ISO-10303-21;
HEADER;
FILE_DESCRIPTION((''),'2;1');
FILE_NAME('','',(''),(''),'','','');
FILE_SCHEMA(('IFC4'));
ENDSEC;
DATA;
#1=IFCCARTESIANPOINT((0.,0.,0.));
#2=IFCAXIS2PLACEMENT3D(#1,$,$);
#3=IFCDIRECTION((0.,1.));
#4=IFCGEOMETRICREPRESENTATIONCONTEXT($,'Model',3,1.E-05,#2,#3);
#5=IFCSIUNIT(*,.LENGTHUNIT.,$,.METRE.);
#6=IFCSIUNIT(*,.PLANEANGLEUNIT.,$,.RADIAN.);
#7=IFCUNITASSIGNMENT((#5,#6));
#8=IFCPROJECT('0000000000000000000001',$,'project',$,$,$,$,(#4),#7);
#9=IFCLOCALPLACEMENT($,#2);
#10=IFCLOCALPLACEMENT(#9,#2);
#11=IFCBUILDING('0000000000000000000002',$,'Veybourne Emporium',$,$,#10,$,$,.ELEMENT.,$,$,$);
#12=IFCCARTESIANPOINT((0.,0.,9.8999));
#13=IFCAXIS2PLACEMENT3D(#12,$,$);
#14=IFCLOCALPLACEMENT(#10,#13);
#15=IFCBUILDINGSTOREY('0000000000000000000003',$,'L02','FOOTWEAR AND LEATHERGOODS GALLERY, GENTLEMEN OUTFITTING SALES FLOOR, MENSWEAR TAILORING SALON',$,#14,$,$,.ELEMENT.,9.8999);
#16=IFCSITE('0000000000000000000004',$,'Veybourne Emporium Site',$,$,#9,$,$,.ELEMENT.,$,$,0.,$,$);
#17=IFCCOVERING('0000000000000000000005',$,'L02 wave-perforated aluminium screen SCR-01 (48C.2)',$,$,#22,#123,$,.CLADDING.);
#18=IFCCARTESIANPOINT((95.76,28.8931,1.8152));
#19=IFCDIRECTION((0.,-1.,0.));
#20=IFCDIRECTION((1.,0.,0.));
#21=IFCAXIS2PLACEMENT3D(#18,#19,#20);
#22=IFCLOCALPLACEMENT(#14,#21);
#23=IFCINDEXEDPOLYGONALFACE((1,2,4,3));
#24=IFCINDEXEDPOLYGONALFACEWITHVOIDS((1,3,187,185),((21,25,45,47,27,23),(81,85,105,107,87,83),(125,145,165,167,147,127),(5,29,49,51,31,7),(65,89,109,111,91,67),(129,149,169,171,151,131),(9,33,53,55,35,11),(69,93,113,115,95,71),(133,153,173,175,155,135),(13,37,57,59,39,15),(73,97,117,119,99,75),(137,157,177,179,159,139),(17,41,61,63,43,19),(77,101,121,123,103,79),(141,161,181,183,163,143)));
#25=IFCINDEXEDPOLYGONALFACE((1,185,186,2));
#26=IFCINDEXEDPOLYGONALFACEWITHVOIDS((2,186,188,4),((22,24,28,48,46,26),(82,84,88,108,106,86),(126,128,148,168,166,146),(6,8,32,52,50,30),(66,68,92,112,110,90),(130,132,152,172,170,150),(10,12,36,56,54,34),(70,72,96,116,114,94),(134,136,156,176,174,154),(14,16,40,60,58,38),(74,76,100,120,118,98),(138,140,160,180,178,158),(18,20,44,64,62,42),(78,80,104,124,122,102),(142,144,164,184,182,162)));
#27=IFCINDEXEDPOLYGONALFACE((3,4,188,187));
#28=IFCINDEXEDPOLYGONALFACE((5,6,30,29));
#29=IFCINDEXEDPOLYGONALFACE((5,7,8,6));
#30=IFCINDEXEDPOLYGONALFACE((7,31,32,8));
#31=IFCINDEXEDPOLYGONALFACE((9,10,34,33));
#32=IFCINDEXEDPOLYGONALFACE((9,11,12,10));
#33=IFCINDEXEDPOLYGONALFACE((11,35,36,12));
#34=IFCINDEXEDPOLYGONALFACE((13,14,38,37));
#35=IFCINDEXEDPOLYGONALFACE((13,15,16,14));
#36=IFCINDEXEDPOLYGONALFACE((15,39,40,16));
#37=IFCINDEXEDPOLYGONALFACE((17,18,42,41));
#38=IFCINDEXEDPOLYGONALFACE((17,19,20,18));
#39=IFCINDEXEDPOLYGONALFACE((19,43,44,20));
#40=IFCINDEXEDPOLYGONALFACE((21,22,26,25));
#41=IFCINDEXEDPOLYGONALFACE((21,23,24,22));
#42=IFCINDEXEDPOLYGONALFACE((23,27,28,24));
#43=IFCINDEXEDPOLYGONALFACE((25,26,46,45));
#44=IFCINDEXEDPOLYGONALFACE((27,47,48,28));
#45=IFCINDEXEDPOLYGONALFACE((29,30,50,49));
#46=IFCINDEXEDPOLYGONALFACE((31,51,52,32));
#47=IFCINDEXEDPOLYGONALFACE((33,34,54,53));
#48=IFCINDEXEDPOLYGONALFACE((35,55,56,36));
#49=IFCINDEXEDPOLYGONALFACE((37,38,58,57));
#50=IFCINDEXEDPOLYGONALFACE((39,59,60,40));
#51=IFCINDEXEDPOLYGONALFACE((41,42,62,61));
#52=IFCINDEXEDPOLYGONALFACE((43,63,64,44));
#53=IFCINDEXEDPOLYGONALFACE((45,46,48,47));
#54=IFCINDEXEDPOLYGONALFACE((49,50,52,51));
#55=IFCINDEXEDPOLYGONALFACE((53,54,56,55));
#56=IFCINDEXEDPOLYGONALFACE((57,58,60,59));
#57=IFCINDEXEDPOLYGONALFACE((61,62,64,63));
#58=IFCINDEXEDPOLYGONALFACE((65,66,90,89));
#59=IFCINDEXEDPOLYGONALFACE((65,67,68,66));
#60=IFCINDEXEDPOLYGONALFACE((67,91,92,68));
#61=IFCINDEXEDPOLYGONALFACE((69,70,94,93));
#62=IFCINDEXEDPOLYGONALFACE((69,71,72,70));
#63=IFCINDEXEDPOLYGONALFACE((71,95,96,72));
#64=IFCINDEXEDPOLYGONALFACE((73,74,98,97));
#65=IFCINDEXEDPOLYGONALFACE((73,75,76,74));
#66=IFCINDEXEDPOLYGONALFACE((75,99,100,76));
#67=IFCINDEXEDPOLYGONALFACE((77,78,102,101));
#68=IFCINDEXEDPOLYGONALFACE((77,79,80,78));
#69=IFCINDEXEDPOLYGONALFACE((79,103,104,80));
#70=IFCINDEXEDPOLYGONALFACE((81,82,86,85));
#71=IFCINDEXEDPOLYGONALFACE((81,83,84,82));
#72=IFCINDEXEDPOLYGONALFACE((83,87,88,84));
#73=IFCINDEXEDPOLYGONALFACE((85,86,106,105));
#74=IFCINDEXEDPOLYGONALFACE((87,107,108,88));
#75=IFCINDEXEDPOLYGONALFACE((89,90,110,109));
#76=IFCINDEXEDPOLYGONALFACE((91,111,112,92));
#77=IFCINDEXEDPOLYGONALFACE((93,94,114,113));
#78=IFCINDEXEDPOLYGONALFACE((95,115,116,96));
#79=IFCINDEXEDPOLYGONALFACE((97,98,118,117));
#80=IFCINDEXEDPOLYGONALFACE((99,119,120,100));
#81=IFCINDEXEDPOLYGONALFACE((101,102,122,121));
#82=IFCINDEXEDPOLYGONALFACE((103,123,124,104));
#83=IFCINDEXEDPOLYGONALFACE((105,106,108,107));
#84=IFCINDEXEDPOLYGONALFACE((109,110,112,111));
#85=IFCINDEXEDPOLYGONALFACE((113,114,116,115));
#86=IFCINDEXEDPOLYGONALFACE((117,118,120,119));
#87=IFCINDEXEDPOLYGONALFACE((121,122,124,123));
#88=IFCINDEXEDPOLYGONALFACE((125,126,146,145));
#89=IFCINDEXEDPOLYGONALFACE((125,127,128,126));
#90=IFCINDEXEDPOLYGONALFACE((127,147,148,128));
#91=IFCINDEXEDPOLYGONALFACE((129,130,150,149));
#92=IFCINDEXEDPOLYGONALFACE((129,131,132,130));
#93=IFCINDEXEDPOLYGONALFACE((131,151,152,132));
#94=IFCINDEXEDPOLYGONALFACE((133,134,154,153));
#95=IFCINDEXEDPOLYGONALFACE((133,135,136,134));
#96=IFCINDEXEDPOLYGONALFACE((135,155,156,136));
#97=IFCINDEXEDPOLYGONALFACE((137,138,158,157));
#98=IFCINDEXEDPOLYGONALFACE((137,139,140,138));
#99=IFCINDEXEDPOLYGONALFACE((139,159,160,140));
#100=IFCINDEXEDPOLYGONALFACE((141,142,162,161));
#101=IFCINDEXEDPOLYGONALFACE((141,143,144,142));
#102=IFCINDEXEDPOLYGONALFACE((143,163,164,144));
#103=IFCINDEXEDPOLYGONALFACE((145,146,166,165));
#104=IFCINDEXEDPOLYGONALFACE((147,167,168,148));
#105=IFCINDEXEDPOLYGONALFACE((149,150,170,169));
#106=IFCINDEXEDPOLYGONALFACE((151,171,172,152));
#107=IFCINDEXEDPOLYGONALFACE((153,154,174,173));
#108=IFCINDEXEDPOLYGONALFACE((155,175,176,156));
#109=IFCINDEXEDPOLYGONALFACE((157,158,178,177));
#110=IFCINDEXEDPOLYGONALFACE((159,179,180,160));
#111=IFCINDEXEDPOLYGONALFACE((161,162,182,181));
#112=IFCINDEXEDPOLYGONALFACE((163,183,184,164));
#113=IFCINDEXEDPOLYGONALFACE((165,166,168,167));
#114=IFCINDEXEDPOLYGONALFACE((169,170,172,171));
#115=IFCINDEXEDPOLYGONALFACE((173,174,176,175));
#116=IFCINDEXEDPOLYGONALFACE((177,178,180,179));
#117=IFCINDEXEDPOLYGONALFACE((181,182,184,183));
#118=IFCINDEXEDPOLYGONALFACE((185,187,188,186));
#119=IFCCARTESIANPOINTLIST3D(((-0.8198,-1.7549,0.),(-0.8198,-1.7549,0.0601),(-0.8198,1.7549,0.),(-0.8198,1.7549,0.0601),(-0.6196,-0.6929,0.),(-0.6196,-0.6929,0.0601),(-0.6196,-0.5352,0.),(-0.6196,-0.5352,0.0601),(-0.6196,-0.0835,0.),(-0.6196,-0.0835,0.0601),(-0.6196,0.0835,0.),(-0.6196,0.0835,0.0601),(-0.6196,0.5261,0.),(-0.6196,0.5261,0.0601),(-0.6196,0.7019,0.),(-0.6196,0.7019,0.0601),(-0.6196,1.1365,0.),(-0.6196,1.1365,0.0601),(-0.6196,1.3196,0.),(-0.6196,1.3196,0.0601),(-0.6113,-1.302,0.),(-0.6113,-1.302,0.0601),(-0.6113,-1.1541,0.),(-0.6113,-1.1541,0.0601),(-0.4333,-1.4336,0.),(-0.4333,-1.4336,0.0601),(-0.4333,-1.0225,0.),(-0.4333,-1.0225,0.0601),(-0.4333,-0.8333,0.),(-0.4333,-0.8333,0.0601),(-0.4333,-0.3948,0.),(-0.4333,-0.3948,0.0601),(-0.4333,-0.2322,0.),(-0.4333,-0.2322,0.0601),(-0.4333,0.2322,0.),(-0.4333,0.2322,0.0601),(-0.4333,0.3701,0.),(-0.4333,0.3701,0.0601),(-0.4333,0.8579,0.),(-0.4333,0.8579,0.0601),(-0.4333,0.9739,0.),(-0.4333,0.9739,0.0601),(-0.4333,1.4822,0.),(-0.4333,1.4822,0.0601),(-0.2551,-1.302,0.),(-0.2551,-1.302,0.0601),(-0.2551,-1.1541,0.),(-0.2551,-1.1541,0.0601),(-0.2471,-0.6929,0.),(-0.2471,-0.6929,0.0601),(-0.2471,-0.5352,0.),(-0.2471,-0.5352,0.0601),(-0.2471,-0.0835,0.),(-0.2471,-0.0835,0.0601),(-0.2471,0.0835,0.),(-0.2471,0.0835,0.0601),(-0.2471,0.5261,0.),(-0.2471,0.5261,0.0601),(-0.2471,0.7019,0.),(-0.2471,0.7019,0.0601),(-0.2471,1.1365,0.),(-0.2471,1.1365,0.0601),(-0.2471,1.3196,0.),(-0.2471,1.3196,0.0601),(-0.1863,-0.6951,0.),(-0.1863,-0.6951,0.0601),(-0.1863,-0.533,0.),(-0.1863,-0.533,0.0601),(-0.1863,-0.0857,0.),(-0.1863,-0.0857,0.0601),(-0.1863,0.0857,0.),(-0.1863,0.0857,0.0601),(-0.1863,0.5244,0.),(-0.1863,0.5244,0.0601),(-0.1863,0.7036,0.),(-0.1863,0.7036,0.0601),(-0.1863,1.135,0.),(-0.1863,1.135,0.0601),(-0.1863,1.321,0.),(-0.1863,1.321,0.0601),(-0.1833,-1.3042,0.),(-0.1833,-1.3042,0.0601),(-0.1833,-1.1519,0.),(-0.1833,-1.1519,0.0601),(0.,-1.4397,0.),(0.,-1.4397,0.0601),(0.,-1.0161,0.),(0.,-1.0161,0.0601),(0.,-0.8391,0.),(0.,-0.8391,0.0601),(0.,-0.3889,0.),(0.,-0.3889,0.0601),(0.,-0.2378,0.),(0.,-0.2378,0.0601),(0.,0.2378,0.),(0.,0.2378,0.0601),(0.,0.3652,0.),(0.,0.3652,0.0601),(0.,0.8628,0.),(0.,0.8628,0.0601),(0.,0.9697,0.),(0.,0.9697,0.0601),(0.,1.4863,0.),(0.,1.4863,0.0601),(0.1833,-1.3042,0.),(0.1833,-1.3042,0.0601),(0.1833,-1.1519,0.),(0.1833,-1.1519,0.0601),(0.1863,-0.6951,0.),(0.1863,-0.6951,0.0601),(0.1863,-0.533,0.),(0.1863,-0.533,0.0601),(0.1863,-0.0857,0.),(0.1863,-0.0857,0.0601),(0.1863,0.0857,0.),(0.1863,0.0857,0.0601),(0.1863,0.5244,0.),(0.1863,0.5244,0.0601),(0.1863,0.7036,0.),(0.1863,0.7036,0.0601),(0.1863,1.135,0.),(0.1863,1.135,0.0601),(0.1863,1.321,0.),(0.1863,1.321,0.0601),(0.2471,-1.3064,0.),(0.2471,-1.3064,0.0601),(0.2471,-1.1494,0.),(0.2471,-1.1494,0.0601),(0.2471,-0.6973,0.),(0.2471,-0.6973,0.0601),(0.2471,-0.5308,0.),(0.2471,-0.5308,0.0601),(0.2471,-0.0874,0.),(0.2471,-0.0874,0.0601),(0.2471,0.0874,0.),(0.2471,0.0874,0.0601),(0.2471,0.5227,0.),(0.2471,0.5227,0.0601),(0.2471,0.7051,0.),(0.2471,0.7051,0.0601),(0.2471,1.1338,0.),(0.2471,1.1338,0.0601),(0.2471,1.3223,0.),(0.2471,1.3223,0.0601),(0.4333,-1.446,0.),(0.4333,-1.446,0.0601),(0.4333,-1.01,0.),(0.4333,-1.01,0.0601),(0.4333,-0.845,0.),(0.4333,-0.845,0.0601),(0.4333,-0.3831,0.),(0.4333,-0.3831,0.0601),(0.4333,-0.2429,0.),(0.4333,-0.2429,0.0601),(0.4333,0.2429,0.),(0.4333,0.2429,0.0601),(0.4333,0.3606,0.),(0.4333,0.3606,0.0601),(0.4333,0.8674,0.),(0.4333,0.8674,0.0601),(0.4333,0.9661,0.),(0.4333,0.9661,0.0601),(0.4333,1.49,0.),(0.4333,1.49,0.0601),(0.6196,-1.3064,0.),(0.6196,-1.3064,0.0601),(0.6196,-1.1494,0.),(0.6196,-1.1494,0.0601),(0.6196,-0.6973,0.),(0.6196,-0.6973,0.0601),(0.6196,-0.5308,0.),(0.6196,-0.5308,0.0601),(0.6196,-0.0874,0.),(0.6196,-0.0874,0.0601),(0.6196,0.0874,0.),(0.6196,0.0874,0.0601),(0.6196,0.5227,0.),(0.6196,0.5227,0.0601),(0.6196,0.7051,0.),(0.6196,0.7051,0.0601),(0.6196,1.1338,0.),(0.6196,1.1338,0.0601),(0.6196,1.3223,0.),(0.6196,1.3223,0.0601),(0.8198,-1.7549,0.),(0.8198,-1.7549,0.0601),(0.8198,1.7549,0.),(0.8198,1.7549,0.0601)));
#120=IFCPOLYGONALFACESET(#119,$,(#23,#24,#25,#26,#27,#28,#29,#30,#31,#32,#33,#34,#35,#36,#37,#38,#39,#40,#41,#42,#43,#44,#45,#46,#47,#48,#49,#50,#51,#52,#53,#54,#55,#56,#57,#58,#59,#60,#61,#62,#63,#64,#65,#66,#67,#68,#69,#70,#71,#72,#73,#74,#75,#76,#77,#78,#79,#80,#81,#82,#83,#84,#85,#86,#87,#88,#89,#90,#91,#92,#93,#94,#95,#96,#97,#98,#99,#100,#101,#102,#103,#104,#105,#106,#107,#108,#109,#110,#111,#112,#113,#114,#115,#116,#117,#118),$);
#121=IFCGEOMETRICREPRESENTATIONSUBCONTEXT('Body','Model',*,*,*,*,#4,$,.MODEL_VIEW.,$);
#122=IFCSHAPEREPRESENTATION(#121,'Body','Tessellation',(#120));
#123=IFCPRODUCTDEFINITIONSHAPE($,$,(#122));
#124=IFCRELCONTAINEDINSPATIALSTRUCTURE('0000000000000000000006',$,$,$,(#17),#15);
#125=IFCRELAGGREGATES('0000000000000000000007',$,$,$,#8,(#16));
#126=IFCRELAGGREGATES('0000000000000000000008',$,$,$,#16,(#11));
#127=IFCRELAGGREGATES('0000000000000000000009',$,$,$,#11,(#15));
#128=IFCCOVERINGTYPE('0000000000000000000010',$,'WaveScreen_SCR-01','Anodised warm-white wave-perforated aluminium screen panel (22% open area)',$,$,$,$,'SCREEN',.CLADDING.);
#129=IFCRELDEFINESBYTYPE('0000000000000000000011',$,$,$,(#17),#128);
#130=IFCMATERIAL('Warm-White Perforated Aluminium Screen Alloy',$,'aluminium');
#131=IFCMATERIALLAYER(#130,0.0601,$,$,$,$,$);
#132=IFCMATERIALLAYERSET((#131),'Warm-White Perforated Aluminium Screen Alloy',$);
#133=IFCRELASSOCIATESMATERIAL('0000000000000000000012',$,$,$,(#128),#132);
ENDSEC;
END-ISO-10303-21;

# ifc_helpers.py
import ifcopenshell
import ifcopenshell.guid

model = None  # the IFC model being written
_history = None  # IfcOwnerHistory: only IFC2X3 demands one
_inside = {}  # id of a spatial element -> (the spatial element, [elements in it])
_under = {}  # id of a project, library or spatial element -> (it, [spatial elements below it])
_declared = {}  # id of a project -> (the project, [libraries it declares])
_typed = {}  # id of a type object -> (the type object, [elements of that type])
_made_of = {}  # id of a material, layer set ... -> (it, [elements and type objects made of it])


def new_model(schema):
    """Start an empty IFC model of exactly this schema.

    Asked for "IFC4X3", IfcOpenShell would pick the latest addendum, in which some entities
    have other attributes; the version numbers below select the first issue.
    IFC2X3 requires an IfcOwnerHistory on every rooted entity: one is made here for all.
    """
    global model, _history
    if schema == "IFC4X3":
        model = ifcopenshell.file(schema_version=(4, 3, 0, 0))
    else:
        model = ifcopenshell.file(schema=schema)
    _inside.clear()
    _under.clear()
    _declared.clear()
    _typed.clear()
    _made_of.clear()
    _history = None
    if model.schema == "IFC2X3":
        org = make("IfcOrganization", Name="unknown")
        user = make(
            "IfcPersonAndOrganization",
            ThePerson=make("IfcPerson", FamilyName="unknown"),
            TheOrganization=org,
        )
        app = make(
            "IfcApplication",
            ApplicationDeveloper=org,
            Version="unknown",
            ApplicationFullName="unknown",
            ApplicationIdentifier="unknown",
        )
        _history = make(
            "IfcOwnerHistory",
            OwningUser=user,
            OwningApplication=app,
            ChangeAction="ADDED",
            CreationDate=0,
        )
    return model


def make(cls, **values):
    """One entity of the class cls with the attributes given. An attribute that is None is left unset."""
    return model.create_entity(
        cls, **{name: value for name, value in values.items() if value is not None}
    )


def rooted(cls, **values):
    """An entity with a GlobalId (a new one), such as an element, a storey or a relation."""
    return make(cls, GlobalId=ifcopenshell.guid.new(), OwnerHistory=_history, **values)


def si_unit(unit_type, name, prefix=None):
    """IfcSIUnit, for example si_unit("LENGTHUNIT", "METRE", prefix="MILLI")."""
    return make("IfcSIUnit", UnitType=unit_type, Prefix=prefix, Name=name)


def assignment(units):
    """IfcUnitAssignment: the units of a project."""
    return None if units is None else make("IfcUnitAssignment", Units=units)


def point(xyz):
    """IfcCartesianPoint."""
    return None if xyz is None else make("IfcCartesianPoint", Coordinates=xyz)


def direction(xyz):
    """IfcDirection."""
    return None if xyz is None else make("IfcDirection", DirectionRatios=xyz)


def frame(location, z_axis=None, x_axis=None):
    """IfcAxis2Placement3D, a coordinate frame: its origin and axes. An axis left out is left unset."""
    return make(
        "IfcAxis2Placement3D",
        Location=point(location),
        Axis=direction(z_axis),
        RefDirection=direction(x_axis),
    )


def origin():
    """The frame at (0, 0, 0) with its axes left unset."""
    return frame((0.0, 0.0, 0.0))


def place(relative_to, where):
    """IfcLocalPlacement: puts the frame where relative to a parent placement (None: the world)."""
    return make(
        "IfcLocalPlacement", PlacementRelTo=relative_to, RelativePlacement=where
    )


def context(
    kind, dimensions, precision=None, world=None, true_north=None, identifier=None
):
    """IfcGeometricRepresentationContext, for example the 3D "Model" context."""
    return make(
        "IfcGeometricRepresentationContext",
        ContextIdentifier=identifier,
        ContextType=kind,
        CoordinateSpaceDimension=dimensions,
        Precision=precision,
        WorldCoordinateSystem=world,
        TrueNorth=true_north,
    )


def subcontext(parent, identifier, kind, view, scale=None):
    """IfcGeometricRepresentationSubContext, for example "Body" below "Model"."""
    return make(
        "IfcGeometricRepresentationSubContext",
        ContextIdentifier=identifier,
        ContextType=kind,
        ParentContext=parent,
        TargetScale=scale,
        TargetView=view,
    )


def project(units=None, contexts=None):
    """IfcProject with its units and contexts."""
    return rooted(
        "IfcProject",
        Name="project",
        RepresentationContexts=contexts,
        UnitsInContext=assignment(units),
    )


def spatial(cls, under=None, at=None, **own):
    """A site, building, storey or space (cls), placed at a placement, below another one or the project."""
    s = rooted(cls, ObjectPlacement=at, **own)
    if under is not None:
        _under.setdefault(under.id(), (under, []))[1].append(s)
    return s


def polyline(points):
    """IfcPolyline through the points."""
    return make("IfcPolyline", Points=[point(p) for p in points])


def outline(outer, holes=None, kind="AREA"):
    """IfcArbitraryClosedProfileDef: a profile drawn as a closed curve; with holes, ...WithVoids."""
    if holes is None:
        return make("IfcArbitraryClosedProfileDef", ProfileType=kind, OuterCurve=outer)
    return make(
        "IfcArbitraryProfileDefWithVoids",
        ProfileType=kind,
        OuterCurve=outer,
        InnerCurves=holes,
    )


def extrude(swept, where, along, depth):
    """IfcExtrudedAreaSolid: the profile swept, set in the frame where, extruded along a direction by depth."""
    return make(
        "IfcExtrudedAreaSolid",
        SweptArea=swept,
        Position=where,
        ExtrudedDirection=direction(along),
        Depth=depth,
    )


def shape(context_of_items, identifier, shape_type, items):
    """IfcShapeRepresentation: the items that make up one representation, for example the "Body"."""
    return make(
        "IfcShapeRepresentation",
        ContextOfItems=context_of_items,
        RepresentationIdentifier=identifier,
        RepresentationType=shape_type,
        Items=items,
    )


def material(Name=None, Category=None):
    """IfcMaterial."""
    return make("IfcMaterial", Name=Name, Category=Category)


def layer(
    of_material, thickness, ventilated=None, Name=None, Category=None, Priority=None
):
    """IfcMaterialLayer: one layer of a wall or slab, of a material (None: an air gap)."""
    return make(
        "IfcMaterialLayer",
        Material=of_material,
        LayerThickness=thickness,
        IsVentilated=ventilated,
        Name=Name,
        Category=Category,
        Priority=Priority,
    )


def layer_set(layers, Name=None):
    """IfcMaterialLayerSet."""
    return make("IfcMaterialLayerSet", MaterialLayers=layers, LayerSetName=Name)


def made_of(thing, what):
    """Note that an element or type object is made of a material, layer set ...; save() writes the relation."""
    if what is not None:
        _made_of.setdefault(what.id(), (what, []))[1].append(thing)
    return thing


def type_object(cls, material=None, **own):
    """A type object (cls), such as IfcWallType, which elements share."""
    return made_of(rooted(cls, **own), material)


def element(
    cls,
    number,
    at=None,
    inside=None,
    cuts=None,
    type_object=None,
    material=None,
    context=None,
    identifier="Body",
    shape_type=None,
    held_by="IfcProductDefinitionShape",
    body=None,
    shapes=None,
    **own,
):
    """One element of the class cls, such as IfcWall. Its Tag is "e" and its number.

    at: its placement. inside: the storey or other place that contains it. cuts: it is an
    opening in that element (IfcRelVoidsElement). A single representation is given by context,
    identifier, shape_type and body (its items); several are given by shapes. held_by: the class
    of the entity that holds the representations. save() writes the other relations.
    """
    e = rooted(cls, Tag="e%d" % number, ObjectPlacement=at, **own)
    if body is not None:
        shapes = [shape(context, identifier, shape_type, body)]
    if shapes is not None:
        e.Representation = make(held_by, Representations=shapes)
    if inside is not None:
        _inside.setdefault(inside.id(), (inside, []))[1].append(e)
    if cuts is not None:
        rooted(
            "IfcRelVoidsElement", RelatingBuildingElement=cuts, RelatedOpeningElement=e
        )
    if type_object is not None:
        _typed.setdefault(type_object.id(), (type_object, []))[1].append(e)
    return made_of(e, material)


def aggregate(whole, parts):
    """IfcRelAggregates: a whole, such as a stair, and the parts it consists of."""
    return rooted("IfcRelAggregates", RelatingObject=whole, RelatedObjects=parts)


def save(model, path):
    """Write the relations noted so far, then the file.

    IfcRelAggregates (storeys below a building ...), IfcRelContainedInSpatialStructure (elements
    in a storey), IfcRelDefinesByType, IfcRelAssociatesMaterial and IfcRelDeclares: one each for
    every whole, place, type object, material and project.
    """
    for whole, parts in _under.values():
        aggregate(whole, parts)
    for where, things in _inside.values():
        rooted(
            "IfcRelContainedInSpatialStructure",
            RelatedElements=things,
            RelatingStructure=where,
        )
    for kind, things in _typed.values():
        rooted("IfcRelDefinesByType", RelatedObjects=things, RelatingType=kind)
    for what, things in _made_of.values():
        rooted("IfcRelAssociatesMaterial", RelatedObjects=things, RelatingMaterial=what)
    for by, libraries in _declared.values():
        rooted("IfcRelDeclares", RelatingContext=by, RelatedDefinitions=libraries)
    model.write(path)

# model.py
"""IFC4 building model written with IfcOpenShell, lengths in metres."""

from ifc_helpers import new_model, si_unit, direction, frame, origin, place, context, subcontext, project, spatial, polyline, outline, extrude, material, layer, layer_set, type_object, element, save


model = new_model("IFC4")

# Units and contexts
model_context = context("Model", 3, precision=1e-05, world=origin(), true_north=direction((0.0, 1.0)))
body_context = subcontext(model_context, "Body", "Model", "MODEL_VIEW")
ifc_project = project(units=[si_unit("LENGTHUNIT", "METRE"), si_unit("PLANEANGLEUNIT", "RADIAN")], contexts=[model_context])

# Site, building, storey
site_placement = place(None, origin())
site = spatial("IfcSite", under=ifc_project, at=site_placement, Name="Veybourne Emporium Site", CompositionType="ELEMENT", RefElevation=0.0)
building_placement = place(site_placement, origin())
building = spatial("IfcBuilding", under=site, at=building_placement, Name="Veybourne Emporium", CompositionType="ELEMENT")
storey_placement = place(building_placement, frame((0.0, 0.0, 9.8999)))
storey = spatial("IfcBuildingStorey", under=building, at=storey_placement, Name="L02", Description="FOOTWEAR AND LEATHERGOODS GALLERY, GENTLEMEN OUTFITTING SALES FLOOR, MENSWEAR TAILORING SALON", CompositionType="ELEMENT", Elevation=9.8999)

# Covering
ifc_material_1 = material(Name="Warm-White Perforated Aluminium Screen Alloy", Category="aluminium")
ifc_layer_1 = layer(ifc_material_1, 0.0601)
ifc_layer_set_1 = layer_set([ifc_layer_1], Name="Warm-White Perforated Aluminium Screen Alloy")
covering_type_1 = type_object("IfcCoveringType", Name="WaveScreen_SCR-01", Description="Anodised warm-white wave-perforated aluminium screen panel (22% open area)", ElementType="SCREEN", PredefinedType="CLADDING", material=ifc_layer_set_1)
covering_1_placement = place(storey_placement, frame((95.76, 28.8931, 1.8152), z_axis=(0.0, -1.0, 0.0), x_axis=(1.0, 0.0, 0.0)))
element("IfcCovering", 1, at=covering_1_placement, inside=storey, type_object=covering_type_1, Name="L02 wave-perforated aluminium screen SCR-01 (48C.2)", PredefinedType="CLADDING", context=body_context, shape_type="SweptSolid", body=[
    extrude(outline(polyline([(-0.8198, -1.7549), (0.8198, -1.7549), (0.8198, 1.7549), (-0.8198, 1.7549), (-0.8198, -1.7549)]), holes=[polyline([(-0.4333, -1.0225), (-0.2551, -1.1541), (-0.2551, -1.302), (-0.4333, -1.4336), (-0.6113, -1.302), (-0.6113, -1.1541), (-0.4333, -1.0225)]), polyline([(-0.4333, -0.3948), (-0.2471, -0.5352), (-0.2471, -0.6929), (-0.4333, -0.8333), (-0.6196, -0.6929), (-0.6196, -0.5352), (-0.4333, -0.3948)]), polyline([(-0.4333, 0.2322), (-0.2471, 0.0835), (-0.2471, -0.0835), (-0.4333, -0.2322), (-0.6196, -0.0835), (-0.6196, 0.0835), (-0.4333, 0.2322)]), polyline([(-0.4333, 0.8579), (-0.2471, 0.7019), (-0.2471, 0.5261), (-0.4333, 0.3701), (-0.6196, 0.5261), (-0.6196, 0.7019), (-0.4333, 0.8579)]), polyline([(-0.4333, 1.4822), (-0.2471, 1.3196), (-0.2471, 1.1365), (-0.4333, 0.9739), (-0.6196, 1.1365), (-0.6196, 1.3196), (-0.4333, 1.4822)]), polyline([(0.0, -1.0161), (0.1833, -1.1519), (0.1833, -1.3042), (0.0, -1.4397), (-0.1833, -1.3042), (-0.1833, -1.1519), (0.0, -1.0161)]), polyline([(0.0, -0.3889), (0.1863, -0.533), (0.1863, -0.6951), (0.0, -0.8391), (-0.1863, -0.6951), (-0.1863, -0.533), (0.0, -0.3889)]), polyline([(0.0, 0.2378), (0.1863, 0.0857), (0.1863, -0.0857), (0.0, -0.2378), (-0.1863, -0.0857), (-0.1863, 0.0857), (0.0, 0.2378)]), polyline([(0.0, 0.8628), (0.1863, 0.7036), (0.1863, 0.5244), (0.0, 0.3652), (-0.1863, 0.5244), (-0.1863, 0.7036), (0.0, 0.8628)]), polyline([(0.0, 1.4863), (0.1863, 1.321), (0.1863, 1.135), (0.0, 0.9697), (-0.1863, 1.135), (-0.1863, 1.321), (0.0, 1.4863)]), polyline([(0.4333, -1.01), (0.6196, -1.1494), (0.6196, -1.3064), (0.4333, -1.446), (0.2471, -1.3064), (0.2471, -1.1494), (0.4333, -1.01)]), polyline([(0.4333, -0.3831), (0.6196, -0.5308), (0.6196, -0.6973), (0.4333, -0.845), (0.2471, -0.6973), (0.2471, -0.5308), (0.4333, -0.3831)]), polyline([(0.4333, 0.2429), (0.6196, 0.0874), (0.6196, -0.0874), (0.4333, -0.2429), (0.2471, -0.0874), (0.2471, 0.0874), (0.4333, 0.2429)]), polyline([(0.4333, 0.8674), (0.6196, 0.7051), (0.6196, 0.5227), (0.4333, 0.3606), (0.2471, 0.5227), (0.2471, 0.7051), (0.4333, 0.8674)]), polyline([(0.4333, 1.49), (0.6196, 1.3223), (0.6196, 1.1338), (0.4333, 0.9661), (0.2471, 1.1338), (0.2471, 1.3223), (0.4333, 1.49)])]), origin(), (0.0, 0.0, 1.0), 0.0601),
])

save(model, "model.ifc")
